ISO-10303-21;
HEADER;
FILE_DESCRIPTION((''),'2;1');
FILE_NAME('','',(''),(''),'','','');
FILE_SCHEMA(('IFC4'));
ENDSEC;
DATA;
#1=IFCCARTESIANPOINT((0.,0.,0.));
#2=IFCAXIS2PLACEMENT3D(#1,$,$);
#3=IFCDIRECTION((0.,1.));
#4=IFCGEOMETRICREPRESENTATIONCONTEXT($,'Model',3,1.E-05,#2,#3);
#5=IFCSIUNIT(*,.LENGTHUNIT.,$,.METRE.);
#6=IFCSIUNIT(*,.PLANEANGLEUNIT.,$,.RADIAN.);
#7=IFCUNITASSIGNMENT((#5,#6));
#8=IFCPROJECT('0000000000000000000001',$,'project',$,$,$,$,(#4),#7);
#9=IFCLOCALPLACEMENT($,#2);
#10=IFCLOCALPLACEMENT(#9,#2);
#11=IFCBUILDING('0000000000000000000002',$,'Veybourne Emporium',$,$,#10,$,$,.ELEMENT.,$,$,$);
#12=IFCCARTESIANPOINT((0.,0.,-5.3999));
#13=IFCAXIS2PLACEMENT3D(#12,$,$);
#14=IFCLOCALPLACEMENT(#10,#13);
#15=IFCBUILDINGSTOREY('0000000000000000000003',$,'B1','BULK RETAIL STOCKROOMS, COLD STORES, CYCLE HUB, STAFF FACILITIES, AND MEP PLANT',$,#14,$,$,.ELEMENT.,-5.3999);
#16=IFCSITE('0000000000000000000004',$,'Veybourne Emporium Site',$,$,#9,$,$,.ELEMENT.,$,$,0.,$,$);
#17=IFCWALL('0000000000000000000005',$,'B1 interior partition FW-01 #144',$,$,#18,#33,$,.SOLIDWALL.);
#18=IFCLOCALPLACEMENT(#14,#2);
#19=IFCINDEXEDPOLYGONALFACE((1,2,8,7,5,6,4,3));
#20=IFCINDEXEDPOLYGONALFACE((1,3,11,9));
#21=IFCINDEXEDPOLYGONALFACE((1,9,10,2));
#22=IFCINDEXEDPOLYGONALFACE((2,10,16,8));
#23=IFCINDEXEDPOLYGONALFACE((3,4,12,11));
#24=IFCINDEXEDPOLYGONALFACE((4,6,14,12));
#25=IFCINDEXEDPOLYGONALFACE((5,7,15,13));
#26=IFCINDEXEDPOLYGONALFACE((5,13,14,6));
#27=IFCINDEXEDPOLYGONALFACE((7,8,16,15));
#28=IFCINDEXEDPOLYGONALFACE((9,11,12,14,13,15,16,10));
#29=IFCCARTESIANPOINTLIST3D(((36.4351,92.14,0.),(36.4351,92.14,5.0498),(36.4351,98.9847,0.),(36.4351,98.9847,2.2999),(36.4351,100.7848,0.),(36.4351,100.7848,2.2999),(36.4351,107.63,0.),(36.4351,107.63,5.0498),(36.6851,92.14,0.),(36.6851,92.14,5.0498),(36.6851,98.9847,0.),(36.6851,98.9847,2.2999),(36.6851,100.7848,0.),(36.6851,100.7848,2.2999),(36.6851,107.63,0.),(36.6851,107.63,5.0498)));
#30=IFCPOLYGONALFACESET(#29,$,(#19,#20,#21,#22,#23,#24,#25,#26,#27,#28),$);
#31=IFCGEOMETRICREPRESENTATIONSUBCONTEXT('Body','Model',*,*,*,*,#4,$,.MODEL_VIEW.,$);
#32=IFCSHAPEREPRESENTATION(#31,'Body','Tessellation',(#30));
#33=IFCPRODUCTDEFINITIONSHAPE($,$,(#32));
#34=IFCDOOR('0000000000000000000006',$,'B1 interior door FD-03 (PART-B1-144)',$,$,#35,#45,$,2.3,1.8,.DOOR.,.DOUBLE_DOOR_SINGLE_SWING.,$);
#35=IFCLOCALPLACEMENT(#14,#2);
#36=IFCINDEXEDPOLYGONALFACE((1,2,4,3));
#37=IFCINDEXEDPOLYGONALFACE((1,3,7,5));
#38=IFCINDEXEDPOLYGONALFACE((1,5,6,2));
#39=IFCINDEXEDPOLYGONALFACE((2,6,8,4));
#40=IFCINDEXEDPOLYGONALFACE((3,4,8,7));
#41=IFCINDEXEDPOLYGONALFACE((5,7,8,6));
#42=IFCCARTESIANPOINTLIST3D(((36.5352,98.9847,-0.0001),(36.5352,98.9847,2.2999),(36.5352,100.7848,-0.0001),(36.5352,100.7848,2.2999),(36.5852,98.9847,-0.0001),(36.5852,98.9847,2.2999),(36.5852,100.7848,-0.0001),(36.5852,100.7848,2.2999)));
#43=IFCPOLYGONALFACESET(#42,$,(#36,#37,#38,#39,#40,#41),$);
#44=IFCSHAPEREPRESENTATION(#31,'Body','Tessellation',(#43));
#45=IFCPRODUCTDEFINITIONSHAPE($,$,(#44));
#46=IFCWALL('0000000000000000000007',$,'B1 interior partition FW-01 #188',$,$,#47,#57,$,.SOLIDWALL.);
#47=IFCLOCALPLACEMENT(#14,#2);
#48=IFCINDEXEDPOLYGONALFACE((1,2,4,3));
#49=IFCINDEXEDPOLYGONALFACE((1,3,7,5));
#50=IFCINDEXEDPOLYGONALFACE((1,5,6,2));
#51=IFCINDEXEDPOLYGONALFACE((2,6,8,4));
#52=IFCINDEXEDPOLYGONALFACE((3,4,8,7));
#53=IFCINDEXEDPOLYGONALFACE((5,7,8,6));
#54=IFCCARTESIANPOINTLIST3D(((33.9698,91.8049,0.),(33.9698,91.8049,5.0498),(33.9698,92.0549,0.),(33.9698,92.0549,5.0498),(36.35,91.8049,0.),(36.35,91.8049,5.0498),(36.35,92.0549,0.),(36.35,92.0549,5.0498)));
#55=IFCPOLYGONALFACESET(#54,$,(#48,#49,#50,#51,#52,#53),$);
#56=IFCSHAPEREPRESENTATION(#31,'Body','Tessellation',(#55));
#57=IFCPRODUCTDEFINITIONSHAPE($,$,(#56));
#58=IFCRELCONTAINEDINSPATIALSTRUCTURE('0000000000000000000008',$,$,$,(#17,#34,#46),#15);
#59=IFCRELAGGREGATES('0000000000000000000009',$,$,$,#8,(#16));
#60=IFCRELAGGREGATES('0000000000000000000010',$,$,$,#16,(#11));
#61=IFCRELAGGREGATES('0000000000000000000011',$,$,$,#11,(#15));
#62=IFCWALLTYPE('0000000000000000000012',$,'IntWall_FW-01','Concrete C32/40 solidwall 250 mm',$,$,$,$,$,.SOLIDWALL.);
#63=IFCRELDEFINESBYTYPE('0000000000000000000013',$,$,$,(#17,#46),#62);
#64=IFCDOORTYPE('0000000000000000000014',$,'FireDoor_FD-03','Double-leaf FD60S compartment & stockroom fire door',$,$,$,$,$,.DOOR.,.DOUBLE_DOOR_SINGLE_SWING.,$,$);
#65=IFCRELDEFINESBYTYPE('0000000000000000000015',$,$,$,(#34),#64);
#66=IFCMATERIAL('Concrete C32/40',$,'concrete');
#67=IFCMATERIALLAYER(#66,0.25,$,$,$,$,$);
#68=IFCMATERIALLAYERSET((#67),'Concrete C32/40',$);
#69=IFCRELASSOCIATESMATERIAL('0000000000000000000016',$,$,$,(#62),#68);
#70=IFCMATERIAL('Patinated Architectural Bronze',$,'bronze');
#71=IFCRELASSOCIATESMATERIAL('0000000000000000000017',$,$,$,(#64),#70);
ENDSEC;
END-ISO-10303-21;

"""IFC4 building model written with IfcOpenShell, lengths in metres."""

from ifc_helpers import new_model, si_unit, direction, frame, frame_2d, origin, place, context, subcontext, project, spatial, rectangle, extrude, material, layer, layer_set, type_object, element, fill, save


model = new_model("IFC4")

# Units and contexts
model_context = context("Model", 3, precision=1e-05, world=origin(), true_north=direction((0.0, 1.0)))
body_context = subcontext(model_context, "Body", "Model", "MODEL_VIEW")
ifc_project = project(units=[si_unit("LENGTHUNIT", "METRE"), si_unit("PLANEANGLEUNIT", "RADIAN")], contexts=[model_context])

# Site, building, storey
site_placement = place(None, origin())
site = spatial("IfcSite", under=ifc_project, at=site_placement, Name="Veybourne Emporium Site", CompositionType="ELEMENT", RefElevation=0.0)
building_placement = place(site_placement, origin())
building = spatial("IfcBuilding", under=site, at=building_placement, Name="Veybourne Emporium", CompositionType="ELEMENT")
storey_placement = place(building_placement, frame((0.0, 0.0, -5.3999)))
storey = spatial("IfcBuildingStorey", under=building, at=storey_placement, Name="B1", Description="BULK RETAIL STOCKROOMS, COLD STORES, CYCLE HUB, STAFF FACILITIES, AND MEP PLANT", CompositionType="ELEMENT", Elevation=-5.3999)

# Shared definitions
ifc_material_1 = material(Name="Concrete C32/40", Category="concrete")

# Wall, opening, door
ifc_layer_1 = layer(ifc_material_1, 0.25)
ifc_layer_set_1 = layer_set([ifc_layer_1], Name="Concrete C32/40")
wall_type_1 = type_object("IfcWallType", Name="IntWall_FW-01", Description="Concrete C32/40 solidwall 250 mm", PredefinedType="SOLIDWALL", material=ifc_layer_set_1)
ifc_material_2 = material(Name="Patinated Architectural Bronze", Category="bronze")
door_type = type_object("IfcDoorType", Name="FireDoor_FD-03", Description="Double-leaf FD60S compartment & stockroom fire door", OperationType="DOUBLE_DOOR_SINGLE_SWING", PredefinedType="DOOR", material=ifc_material_2)
wall_1_placement = place(storey_placement, frame((36.5601, 92.1399, 0.0), z_axis=(0.0, 0.0, 1.0), x_axis=(0.0, 1.0, 0.0)))
wall_1 = element("IfcWall", 1, at=wall_1_placement, inside=storey, type_object=wall_type_1, Name="B1 interior partition FW-01 #144", PredefinedType="SOLIDWALL", context=body_context, shape_type="SweptSolid", body=[
    extrude(rectangle(XDim=15.49, YDim=0.25, at=frame_2d((7.7451, 0.0))), origin(), (0.0, 0.0, 1.0), 5.0498),
])
opening_1_placement = place(wall_1_placement, frame((6.845, 0.0, 0.0)))
opening_1 = element("IfcOpeningElement", 2, at=opening_1_placement, cuts=wall_1, PredefinedType="OPENING", context=body_context, shape_type="SweptSolid", body=[
    extrude(rectangle(XDim=1.8, YDim=2.3, at=frame_2d((0.8999, 1.1499))), frame((0.0, 0.145, 0.0), z_axis=(0.0, -1.0, 0.0), x_axis=(1.0, 0.0, 0.0)), (0.0, 0.0, 1.0), 0.29),
])
door_1_placement = place(opening_1_placement, origin())
door_1 = element("IfcDoor", 3, at=door_1_placement, inside=storey, type_object=door_type, Name="B1 interior door FD-03 (PART-B1-144)", OperationType="DOUBLE_DOOR_SINGLE_SWING", OverallHeight=2.3, OverallWidth=1.8, PredefinedType="DOOR", context=body_context, shape_type="SweptSolid", body=[
    extrude(rectangle(XDim=1.8, YDim=2.3, at=frame_2d((0.8999, 1.1499))), frame((0.0, 0.0249, 0.0), z_axis=(0.0, -1.0, 0.0), x_axis=(1.0, 0.0, 0.0)), (0.0, 0.0, 1.0), 0.05),
])
fill(opening_1, door_1)

# Wall
wall_2_placement = place(storey_placement, frame((33.97, 91.9299, 0.0), z_axis=(0.0, 0.0, 1.0), x_axis=(1.0, 0.0, 0.0)))
element("IfcWall", 4, at=wall_2_placement, inside=storey, type_object=wall_type_1, Name="B1 interior partition FW-01 #188", PredefinedType="SOLIDWALL", context=body_context, shape_type="SweptSolid", body=[
    extrude(rectangle(XDim=2.3801, YDim=0.25, at=frame_2d((1.1899, 0.0))), origin(), (0.0, 0.0, 1.0), 5.0498),
])

save(model, "model.ifc")
